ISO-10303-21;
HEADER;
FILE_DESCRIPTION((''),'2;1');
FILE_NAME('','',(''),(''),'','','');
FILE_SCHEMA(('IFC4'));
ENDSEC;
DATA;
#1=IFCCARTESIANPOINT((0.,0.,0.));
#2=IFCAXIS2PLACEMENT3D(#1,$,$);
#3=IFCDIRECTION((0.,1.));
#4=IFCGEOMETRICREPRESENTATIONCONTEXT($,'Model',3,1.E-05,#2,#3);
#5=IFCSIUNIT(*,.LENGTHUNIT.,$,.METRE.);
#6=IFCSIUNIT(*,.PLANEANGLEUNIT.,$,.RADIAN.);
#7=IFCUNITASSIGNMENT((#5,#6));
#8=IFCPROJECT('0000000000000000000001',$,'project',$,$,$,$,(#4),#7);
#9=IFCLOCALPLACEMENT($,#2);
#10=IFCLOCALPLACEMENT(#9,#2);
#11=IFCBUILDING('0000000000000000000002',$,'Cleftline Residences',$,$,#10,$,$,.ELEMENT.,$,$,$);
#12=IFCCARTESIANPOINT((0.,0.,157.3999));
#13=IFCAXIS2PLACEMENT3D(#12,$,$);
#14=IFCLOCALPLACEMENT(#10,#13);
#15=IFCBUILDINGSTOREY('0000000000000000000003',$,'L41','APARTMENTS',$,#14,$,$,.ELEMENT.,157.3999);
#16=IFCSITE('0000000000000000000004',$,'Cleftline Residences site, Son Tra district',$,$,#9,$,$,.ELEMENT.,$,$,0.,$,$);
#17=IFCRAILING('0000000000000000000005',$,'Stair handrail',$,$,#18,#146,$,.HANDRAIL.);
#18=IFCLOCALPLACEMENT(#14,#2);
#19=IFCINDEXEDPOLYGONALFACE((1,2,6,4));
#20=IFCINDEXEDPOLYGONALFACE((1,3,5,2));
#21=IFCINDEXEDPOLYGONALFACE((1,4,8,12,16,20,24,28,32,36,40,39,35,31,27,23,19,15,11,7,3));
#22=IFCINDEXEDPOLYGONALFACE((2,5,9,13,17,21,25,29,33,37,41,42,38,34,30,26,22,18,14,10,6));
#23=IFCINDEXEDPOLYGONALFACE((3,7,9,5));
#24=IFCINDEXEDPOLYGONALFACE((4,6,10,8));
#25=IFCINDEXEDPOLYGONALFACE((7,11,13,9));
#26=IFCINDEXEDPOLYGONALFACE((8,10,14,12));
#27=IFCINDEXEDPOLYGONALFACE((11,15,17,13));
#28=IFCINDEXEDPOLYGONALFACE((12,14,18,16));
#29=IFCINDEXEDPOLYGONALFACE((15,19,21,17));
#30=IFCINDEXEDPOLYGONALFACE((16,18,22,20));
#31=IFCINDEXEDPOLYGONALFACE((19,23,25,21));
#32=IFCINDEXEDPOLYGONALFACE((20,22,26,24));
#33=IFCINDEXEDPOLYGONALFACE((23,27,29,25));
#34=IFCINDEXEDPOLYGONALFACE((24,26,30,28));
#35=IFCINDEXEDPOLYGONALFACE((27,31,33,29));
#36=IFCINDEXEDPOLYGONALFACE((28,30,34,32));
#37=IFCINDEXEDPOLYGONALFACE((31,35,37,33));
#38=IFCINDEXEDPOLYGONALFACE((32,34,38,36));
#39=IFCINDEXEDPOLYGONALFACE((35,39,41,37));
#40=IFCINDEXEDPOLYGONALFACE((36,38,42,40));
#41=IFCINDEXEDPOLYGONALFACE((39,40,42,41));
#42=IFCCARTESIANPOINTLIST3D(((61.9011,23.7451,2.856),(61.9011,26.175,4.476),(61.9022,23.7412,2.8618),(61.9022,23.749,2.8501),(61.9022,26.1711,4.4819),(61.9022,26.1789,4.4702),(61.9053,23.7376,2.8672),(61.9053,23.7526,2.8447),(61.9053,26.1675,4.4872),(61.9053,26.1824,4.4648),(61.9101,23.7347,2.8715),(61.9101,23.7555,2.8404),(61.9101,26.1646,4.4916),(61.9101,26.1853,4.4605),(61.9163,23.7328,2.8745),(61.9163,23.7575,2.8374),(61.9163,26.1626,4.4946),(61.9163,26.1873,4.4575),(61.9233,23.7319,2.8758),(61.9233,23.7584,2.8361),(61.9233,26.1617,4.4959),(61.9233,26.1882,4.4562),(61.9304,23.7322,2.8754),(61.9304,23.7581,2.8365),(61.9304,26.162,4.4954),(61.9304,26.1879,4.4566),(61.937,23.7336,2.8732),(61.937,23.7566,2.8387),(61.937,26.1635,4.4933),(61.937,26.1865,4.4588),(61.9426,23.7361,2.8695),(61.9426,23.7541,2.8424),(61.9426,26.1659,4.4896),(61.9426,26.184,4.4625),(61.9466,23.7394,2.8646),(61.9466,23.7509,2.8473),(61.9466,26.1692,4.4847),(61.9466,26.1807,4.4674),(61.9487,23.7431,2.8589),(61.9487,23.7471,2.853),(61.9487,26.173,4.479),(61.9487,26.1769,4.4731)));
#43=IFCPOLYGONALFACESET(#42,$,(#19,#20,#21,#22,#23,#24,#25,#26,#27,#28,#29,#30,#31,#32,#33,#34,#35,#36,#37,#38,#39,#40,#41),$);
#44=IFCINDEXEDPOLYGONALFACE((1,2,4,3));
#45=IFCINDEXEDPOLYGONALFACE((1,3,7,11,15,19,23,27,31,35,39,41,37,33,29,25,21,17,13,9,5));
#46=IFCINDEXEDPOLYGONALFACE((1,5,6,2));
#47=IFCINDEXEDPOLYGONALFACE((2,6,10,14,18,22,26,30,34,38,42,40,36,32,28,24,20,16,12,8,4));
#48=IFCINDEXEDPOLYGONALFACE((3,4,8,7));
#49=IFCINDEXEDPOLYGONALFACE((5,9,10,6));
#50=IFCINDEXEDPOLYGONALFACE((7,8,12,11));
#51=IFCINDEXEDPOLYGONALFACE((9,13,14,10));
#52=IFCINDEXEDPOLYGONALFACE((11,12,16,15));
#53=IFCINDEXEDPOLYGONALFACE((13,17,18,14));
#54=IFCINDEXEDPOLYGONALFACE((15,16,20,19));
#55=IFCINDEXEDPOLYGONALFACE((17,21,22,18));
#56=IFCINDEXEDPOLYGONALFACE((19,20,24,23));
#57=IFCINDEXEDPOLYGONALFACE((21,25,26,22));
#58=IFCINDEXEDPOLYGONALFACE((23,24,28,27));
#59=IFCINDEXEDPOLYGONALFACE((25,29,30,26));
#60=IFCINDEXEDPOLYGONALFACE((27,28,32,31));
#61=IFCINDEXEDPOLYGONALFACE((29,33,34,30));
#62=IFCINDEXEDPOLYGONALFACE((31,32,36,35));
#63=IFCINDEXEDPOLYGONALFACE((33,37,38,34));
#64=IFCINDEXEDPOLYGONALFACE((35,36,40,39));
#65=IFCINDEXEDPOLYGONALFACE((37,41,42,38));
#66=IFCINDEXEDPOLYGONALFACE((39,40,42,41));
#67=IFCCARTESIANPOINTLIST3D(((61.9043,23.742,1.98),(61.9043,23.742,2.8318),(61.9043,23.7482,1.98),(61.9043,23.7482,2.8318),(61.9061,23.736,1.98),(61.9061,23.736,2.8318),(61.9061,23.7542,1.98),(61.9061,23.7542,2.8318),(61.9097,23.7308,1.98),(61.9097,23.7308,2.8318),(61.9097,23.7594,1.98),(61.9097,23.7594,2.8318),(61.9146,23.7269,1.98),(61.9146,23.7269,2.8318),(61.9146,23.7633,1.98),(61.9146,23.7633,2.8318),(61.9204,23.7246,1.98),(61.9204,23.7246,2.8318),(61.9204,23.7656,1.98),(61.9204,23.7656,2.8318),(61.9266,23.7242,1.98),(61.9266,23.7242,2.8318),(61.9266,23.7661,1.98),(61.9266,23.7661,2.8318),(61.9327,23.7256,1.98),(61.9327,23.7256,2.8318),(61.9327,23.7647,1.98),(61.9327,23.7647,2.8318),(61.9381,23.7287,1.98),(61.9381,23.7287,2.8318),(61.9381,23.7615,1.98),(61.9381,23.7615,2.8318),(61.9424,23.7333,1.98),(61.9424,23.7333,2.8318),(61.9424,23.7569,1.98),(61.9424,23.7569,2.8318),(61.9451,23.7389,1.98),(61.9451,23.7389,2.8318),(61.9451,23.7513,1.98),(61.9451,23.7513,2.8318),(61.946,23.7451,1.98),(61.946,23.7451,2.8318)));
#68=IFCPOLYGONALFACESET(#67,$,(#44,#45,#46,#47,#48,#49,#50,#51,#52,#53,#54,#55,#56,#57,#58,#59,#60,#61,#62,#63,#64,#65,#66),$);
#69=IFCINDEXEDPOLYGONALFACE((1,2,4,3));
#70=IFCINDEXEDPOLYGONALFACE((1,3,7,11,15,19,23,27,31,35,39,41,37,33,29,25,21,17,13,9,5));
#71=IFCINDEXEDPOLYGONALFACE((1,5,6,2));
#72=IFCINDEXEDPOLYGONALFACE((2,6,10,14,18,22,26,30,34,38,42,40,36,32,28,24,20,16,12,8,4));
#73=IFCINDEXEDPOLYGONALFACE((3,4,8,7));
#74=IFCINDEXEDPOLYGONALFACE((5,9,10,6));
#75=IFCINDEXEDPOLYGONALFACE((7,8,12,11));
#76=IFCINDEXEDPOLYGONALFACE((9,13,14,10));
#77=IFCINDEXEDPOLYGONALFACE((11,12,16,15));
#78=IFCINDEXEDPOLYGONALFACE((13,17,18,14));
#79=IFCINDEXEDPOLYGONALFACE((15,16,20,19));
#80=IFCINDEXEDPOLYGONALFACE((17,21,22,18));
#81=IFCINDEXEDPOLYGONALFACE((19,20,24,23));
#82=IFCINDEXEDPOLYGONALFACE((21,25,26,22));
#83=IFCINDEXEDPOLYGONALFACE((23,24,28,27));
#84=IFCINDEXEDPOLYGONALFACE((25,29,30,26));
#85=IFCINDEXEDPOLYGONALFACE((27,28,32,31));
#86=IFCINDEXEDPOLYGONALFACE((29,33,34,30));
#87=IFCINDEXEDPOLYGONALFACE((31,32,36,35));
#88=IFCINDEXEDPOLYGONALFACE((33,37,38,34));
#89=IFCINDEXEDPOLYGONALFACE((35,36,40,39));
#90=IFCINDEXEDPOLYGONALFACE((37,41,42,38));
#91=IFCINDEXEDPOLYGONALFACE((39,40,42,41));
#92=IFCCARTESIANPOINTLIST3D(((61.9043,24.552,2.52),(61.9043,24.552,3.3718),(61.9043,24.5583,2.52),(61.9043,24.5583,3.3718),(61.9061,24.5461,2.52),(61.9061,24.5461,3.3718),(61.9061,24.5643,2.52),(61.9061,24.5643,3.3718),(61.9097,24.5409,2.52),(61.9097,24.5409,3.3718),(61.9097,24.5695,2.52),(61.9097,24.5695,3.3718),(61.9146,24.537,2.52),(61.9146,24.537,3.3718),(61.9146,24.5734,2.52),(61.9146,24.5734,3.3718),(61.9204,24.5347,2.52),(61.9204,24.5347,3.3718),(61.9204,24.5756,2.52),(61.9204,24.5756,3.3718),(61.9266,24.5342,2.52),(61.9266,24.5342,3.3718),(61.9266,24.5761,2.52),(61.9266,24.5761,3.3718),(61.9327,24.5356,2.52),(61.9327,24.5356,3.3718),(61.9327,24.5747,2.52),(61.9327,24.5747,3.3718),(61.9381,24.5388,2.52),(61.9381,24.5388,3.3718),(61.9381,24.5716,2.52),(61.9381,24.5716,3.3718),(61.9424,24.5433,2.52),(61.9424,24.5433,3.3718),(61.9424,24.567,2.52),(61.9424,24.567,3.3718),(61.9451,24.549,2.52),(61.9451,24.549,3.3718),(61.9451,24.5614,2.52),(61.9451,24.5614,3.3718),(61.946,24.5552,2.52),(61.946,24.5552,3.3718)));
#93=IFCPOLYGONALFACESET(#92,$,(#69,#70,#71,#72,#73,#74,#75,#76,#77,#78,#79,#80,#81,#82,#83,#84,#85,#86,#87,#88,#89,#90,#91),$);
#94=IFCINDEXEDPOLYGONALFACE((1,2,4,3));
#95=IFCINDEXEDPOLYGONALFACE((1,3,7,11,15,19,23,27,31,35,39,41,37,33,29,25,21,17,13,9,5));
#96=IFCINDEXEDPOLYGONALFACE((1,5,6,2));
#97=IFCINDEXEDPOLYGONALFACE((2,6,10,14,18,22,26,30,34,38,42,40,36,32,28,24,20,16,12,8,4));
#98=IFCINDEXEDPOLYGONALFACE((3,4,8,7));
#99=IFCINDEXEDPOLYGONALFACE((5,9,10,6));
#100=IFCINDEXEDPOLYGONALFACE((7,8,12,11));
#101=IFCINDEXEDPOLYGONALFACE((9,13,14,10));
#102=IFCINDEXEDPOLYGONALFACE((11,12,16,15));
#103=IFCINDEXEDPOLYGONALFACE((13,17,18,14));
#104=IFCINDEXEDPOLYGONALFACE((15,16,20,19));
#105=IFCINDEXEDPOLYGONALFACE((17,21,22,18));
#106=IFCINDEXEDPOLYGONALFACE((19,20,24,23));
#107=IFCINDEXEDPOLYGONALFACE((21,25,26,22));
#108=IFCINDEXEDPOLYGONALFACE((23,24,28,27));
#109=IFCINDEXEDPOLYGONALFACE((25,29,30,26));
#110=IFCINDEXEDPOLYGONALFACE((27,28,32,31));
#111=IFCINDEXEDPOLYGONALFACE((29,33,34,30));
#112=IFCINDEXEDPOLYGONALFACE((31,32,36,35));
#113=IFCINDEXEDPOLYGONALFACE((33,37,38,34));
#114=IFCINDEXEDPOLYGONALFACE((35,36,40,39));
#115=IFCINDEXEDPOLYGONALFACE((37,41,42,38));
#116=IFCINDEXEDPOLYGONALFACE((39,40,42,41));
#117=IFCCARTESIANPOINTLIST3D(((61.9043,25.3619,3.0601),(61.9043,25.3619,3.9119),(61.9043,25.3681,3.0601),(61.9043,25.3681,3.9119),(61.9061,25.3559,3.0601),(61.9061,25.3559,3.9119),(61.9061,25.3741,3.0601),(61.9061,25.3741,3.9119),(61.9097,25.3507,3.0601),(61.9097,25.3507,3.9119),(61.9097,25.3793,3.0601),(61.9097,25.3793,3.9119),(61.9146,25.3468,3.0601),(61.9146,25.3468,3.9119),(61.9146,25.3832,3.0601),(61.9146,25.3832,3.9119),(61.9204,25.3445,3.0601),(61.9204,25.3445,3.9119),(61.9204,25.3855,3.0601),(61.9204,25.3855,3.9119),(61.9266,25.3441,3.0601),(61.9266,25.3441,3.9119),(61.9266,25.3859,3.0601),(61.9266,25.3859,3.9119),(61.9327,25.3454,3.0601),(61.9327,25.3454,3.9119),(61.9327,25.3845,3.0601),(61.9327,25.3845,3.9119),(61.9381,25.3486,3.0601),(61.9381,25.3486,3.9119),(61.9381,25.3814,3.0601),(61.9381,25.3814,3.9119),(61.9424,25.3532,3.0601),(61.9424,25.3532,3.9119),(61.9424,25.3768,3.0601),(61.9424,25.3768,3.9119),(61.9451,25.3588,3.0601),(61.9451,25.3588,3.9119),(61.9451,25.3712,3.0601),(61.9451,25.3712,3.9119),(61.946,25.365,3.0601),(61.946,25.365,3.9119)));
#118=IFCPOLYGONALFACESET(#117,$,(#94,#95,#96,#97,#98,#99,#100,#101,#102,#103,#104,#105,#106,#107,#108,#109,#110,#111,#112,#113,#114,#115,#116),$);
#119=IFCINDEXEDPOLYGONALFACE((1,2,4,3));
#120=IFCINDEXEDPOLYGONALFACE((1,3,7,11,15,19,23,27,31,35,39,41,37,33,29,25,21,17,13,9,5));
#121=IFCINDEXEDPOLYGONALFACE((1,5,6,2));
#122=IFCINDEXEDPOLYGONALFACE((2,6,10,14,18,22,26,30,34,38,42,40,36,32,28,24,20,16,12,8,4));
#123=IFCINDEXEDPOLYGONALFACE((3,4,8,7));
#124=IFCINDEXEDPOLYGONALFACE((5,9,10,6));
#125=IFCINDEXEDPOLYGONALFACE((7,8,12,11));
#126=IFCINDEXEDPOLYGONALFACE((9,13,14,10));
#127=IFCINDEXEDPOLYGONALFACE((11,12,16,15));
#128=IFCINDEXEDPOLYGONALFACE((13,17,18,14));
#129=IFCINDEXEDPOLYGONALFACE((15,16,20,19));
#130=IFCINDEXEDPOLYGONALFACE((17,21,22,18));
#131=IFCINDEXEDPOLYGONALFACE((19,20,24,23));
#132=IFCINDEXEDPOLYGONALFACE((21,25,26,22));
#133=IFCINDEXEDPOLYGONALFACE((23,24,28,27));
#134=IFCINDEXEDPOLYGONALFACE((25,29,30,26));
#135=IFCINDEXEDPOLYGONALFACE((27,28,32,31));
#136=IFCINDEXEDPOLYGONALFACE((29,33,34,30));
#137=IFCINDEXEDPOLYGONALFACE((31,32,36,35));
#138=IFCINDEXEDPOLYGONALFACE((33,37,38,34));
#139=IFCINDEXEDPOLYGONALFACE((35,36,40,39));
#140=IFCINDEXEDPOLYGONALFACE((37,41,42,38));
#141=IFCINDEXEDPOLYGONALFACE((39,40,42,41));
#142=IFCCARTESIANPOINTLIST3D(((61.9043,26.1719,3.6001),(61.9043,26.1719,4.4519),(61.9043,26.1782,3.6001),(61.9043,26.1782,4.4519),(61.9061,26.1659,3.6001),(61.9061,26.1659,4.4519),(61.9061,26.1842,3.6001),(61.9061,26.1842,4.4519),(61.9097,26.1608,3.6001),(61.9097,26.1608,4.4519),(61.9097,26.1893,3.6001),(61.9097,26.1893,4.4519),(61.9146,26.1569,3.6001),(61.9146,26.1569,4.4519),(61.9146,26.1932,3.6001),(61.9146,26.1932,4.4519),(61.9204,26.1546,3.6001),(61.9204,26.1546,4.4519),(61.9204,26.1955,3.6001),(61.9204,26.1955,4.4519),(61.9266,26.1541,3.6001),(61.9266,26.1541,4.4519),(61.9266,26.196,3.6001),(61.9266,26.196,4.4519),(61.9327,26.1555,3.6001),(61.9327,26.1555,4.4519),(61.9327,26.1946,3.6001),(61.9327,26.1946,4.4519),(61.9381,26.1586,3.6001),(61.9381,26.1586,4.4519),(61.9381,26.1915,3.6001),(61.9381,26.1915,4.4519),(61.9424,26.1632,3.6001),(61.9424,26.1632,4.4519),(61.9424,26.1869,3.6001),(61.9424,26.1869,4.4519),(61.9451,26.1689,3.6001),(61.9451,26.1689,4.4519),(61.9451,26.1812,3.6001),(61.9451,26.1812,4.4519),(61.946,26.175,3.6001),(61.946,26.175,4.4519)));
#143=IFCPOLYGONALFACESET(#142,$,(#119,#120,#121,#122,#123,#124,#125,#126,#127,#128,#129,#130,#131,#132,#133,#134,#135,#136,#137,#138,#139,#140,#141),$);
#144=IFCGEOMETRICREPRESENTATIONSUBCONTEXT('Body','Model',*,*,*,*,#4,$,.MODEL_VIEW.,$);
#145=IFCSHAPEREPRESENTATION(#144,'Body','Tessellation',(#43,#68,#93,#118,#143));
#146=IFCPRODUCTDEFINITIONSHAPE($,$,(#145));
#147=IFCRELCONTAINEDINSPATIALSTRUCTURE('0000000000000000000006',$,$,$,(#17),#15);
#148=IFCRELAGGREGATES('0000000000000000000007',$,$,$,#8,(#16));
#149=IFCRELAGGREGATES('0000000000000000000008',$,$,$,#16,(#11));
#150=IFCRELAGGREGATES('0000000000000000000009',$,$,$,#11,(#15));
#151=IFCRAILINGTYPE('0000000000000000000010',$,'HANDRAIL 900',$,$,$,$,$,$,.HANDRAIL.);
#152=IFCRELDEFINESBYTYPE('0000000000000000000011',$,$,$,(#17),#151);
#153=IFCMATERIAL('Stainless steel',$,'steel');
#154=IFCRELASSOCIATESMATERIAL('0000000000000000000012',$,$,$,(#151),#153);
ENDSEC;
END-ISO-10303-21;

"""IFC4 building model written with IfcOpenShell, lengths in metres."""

from ifc_helpers import new_model, si_unit, direction, frame, origin, origin_2d, place, context, subcontext, project, spatial, circle, extrude, material, type_object, element, save


model = new_model("IFC4")

# Units and contexts
model_context = context("Model", 3, precision=1e-05, world=origin(), true_north=direction((0.0, 1.0)))
body_context = subcontext(model_context, "Body", "Model", "MODEL_VIEW")
ifc_project = project(units=[si_unit("LENGTHUNIT", "METRE"), si_unit("PLANEANGLEUNIT", "RADIAN")], contexts=[model_context])

# Site, building, storey
site_placement = place(None, origin())
site = spatial("IfcSite", under=ifc_project, at=site_placement, Name="Cleftline Residences site, Son Tra district", CompositionType="ELEMENT", RefElevation=0.0)
building_placement = place(site_placement, origin())
building = spatial("IfcBuilding", under=site, at=building_placement, Name="Cleftline Residences", CompositionType="ELEMENT")
storey_placement = place(building_placement, frame((0.0, 0.0, 157.3999)))
storey = spatial("IfcBuildingStorey", under=building, at=storey_placement, Name="L41", Description="APARTMENTS", CompositionType="ELEMENT", Elevation=157.3999)

# Railing
ifc_material_1 = material(Name="Stainless steel", Category="steel")
railing_type = type_object("IfcRailingType", Name="HANDRAIL 900", PredefinedType="HANDRAIL", material=ifc_material_1)
railing_placement = place(storey_placement, frame((61.925, 23.7451, 1.98)))
element("IfcRailing", 1, at=railing_placement, inside=storey, type_object=railing_type, Name="Stair handrail", PredefinedType="HANDRAIL", context=body_context, shape_type="SweptSolid", body=[
    extrude(circle(Radius=0.0239, at=origin_2d()), frame((0.0, 0.0, 0.876), z_axis=(0.0, 0.832025, 0.554739), x_axis=(-1.0, 0.0, 0.0)), (0.0, 0.0, 1.0), 2.9204),
    extrude(circle(Radius=0.021, at=origin_2d()), origin(), (0.0, 0.0, 1.0), 0.8518),
    extrude(circle(Radius=0.021, at=origin_2d()), frame((0.0, 0.8101, 0.54)), (0.0, 0.0, 1.0), 0.8518),
    extrude(circle(Radius=0.021, at=origin_2d()), frame((0.0, 1.6199, 1.0801)), (0.0, 0.0, 1.0), 0.8518),
    extrude(circle(Radius=0.021, at=origin_2d()), frame((0.0, 2.4299, 1.6201)), (0.0, 0.0, 1.0), 0.8518),
])

save(model, "model.ifc")
